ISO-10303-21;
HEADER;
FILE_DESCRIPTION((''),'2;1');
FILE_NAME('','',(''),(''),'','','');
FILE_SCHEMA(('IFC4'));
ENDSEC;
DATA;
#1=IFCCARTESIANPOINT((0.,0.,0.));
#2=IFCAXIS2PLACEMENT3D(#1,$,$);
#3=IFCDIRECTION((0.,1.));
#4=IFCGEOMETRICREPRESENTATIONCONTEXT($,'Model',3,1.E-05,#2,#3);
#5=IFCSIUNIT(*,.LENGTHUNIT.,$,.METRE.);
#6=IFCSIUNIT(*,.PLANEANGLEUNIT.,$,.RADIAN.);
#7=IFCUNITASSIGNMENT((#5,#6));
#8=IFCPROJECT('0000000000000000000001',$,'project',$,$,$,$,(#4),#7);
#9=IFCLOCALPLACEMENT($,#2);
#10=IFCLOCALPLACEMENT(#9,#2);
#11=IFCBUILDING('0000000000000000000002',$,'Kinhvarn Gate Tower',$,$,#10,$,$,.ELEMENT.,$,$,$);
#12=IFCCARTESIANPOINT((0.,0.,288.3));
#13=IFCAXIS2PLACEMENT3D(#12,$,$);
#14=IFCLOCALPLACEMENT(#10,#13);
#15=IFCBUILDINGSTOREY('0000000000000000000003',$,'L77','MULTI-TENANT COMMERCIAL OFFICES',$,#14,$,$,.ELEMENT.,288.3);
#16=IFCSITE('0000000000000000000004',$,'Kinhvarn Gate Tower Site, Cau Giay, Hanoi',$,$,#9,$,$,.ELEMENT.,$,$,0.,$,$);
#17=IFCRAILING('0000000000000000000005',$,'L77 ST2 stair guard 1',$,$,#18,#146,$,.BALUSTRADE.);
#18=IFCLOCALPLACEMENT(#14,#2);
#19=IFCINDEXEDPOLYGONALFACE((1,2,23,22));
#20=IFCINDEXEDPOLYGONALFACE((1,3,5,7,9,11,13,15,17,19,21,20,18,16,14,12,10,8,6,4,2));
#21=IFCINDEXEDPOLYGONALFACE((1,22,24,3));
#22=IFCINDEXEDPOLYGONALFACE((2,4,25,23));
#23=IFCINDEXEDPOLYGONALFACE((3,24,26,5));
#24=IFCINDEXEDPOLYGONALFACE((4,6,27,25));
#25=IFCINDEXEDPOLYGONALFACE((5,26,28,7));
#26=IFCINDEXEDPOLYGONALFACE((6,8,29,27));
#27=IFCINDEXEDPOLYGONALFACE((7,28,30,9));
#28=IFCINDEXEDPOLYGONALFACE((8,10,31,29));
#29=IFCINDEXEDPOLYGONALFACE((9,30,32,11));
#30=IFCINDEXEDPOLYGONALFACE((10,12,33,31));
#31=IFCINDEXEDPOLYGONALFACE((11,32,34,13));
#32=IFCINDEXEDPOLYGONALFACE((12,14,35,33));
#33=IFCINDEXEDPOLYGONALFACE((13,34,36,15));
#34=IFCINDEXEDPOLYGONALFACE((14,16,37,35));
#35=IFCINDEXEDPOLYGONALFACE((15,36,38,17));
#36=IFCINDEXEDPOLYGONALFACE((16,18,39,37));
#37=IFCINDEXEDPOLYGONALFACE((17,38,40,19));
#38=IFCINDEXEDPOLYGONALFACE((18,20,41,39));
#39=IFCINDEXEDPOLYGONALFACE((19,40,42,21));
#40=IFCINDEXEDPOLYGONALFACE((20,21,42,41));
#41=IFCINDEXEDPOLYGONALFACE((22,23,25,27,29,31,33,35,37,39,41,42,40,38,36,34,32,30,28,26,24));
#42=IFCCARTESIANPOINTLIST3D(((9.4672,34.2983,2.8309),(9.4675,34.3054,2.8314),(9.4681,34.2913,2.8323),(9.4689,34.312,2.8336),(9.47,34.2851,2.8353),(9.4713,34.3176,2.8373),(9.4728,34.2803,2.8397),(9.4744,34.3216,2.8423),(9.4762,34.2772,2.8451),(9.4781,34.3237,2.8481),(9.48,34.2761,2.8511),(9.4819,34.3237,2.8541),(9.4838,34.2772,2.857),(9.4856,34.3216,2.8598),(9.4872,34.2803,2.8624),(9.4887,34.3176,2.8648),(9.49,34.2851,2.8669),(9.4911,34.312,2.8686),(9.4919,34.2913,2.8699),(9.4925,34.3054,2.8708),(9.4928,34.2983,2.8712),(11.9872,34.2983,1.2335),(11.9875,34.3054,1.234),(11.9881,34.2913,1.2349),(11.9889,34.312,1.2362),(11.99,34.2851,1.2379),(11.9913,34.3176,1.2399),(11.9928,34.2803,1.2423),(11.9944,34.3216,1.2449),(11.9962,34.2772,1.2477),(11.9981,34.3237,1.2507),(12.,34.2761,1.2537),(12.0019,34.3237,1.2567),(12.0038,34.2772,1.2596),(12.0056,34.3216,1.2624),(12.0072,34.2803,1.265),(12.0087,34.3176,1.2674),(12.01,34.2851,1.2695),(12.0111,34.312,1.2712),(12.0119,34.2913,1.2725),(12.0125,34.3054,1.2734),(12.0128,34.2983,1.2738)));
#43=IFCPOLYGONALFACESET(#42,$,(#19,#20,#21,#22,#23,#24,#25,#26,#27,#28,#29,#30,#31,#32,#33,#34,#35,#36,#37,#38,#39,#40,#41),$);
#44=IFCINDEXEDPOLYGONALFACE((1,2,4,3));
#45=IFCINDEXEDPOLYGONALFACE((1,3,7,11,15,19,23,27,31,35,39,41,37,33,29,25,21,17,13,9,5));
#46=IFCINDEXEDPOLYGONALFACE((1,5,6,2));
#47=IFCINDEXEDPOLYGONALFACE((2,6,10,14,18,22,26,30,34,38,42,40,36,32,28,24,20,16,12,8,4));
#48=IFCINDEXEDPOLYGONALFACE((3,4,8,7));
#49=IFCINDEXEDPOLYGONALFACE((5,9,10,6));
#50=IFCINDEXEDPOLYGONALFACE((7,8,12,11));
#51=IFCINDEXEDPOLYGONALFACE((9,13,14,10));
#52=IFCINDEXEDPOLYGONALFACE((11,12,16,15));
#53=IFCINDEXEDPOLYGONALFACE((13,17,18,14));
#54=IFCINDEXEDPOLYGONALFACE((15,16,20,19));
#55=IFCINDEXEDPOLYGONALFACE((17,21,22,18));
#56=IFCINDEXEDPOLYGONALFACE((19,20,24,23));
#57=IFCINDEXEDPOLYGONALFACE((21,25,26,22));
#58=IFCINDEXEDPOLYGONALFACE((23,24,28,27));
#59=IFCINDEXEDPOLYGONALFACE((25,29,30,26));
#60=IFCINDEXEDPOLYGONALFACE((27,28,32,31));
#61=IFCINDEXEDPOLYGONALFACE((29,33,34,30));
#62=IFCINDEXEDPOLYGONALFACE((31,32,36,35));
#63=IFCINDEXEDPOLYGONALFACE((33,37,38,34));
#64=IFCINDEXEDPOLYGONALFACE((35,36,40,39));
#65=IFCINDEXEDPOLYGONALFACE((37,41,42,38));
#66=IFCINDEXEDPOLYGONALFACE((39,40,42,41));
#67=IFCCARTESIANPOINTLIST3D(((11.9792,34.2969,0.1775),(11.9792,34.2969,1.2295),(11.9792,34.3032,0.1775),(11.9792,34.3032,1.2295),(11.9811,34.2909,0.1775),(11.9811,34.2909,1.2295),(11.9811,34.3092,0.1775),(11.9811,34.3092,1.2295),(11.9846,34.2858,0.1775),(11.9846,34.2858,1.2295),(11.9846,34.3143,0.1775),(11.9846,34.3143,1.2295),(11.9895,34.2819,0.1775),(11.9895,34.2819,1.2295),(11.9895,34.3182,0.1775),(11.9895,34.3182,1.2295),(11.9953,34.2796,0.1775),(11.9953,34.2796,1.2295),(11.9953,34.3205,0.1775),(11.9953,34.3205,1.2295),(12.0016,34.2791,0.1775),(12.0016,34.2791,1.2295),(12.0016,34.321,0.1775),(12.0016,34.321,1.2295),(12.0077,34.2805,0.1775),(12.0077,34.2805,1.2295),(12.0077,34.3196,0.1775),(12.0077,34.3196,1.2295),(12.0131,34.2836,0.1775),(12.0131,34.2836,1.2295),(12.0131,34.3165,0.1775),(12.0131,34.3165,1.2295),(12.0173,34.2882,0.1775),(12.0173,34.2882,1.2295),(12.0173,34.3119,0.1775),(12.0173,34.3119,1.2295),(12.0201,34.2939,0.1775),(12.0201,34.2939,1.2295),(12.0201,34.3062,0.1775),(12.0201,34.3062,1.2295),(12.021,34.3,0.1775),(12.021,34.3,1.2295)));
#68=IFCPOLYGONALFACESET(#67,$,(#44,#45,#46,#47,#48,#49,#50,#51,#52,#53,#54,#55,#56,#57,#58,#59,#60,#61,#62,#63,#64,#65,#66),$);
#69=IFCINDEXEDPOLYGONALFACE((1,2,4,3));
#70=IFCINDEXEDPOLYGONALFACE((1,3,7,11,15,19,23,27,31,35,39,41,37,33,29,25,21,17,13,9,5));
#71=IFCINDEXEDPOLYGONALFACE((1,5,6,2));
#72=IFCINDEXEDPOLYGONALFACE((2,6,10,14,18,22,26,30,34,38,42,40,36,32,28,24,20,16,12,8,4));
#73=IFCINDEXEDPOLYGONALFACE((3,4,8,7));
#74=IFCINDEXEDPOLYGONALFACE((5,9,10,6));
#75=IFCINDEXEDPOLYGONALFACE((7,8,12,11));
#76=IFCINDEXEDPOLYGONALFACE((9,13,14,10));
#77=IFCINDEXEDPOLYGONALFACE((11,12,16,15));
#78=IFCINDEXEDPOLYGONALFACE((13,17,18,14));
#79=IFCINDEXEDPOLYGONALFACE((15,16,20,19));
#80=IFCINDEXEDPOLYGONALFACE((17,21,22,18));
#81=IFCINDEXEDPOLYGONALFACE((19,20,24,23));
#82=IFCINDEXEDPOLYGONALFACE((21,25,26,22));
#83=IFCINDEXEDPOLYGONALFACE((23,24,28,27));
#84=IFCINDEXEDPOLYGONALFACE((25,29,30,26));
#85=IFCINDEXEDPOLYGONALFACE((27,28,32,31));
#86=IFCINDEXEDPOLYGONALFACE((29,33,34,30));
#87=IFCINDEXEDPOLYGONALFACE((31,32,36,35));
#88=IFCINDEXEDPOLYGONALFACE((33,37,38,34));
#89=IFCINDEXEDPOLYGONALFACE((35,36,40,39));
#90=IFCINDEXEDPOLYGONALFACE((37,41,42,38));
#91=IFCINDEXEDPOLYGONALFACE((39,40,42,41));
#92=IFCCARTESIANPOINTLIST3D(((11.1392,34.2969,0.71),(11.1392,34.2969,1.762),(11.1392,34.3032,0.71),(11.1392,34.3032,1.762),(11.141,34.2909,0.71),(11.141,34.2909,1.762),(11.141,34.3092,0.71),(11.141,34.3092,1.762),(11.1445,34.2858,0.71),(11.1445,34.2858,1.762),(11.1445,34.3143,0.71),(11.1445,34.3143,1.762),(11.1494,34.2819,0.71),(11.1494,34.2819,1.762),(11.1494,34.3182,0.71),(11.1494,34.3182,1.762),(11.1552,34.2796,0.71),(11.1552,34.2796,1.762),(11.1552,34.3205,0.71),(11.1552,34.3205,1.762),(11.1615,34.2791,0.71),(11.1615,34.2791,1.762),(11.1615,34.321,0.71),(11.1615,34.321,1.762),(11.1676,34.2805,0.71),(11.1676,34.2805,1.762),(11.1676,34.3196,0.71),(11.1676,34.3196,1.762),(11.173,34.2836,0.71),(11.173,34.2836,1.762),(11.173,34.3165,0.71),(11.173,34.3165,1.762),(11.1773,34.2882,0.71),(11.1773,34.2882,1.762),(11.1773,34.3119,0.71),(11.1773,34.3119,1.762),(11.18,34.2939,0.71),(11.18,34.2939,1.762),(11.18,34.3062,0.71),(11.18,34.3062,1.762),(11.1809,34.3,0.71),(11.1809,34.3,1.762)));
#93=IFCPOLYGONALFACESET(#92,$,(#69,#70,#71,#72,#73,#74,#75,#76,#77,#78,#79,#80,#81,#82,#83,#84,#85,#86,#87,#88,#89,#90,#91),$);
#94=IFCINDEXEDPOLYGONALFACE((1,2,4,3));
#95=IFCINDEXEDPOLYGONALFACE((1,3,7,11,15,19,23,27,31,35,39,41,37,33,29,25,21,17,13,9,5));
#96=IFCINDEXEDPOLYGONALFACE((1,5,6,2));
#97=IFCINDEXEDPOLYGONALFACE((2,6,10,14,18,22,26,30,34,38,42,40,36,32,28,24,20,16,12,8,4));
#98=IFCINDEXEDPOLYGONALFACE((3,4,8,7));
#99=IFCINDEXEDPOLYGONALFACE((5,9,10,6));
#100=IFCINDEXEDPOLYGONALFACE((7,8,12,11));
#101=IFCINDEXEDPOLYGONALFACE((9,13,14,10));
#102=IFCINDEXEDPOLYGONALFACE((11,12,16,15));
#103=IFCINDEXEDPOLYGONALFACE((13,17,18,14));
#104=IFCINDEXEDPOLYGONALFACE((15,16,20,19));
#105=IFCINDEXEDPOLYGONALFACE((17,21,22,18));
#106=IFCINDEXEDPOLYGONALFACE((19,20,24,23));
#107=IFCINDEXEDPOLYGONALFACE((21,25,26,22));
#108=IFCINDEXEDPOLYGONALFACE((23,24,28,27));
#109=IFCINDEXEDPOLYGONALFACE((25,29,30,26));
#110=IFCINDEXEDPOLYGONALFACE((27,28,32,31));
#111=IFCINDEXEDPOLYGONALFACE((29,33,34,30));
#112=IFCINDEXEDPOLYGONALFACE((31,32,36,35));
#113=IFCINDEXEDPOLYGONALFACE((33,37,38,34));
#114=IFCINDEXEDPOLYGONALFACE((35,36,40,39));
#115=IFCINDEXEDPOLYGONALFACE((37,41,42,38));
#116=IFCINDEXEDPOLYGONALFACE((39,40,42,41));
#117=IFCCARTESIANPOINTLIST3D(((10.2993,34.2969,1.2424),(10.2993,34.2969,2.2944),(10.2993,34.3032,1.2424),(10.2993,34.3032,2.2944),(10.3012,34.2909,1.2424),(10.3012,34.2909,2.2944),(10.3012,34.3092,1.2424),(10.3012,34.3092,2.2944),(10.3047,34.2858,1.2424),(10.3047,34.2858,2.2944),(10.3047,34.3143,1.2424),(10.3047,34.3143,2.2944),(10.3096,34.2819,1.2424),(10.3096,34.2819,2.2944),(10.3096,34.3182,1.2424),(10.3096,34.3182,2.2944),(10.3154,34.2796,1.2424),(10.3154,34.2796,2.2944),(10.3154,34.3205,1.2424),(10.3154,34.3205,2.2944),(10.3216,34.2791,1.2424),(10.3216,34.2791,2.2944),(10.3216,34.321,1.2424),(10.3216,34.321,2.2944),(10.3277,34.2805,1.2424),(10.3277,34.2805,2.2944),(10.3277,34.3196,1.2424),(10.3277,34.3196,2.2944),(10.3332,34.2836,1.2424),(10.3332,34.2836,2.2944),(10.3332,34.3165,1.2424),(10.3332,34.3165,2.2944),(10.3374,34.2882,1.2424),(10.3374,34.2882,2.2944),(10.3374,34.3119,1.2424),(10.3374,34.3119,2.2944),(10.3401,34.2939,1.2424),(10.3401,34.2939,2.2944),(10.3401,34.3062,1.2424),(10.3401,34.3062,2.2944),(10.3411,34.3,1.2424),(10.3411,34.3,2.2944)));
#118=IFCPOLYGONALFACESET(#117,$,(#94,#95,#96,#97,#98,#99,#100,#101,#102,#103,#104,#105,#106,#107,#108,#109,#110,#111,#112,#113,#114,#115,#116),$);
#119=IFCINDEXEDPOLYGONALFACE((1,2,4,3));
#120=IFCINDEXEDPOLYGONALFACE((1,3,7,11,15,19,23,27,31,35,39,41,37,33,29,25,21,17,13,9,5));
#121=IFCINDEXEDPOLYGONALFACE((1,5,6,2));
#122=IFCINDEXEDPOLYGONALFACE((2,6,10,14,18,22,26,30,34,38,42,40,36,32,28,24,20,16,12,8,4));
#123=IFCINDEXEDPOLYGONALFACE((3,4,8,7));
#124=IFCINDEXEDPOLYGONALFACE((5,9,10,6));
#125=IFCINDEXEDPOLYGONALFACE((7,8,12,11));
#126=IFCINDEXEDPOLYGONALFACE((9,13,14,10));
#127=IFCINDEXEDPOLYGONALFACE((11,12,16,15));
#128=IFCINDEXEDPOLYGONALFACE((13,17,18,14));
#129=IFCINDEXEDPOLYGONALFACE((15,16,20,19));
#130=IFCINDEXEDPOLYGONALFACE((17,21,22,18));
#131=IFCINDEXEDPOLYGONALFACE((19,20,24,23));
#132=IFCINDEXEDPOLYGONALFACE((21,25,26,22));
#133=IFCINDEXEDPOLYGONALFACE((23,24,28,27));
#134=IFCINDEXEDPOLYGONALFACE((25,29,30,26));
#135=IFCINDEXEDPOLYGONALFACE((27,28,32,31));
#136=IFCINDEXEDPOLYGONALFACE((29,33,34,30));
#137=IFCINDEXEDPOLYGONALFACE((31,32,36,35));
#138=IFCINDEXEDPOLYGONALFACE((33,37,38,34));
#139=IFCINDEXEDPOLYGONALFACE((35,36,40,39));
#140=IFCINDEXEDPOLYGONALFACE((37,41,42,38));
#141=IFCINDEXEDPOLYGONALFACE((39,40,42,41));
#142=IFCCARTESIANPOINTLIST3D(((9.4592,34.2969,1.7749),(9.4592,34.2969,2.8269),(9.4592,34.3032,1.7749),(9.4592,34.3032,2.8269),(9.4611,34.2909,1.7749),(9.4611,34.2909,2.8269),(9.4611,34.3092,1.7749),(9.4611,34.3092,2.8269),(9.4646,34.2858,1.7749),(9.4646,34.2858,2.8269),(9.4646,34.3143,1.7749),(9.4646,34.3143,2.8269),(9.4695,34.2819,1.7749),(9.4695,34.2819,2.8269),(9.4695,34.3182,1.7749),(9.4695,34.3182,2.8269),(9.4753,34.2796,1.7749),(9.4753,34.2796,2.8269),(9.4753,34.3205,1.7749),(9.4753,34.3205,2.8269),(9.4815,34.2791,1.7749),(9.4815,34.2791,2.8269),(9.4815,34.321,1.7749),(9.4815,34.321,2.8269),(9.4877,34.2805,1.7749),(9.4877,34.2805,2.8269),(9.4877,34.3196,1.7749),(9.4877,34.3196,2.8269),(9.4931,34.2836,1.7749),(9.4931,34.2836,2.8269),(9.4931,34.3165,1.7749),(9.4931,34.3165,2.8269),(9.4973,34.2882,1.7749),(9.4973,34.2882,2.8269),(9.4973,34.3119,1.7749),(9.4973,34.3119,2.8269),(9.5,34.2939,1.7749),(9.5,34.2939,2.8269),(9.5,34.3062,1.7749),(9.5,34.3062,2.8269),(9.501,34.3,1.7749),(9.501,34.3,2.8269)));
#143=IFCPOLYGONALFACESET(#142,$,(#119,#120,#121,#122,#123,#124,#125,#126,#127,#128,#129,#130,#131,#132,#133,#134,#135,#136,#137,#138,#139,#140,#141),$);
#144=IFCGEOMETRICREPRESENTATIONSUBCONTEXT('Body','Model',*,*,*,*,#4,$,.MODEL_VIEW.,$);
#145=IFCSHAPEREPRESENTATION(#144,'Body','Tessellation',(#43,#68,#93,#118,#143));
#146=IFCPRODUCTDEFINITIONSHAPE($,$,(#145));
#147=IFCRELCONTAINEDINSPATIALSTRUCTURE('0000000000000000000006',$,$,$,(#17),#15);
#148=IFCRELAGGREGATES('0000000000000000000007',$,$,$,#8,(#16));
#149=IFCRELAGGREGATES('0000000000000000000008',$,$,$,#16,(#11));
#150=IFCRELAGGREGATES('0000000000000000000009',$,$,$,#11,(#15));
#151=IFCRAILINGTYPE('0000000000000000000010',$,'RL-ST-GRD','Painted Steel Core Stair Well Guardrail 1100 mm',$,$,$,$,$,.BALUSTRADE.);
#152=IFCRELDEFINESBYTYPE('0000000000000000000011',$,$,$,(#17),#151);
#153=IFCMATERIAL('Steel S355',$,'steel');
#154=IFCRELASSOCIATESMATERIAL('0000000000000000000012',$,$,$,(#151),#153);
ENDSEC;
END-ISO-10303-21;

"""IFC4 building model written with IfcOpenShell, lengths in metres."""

from ifc_helpers import new_model, si_unit, direction, frame, origin, origin_2d, place, context, subcontext, project, spatial, circle, extrude, material, type_object, element, save


model = new_model("IFC4")

# Units and contexts
model_context = context("Model", 3, precision=1e-05, world=origin(), true_north=direction((0.0, 1.0)))
body_context = subcontext(model_context, "Body", "Model", "MODEL_VIEW")
ifc_project = project(units=[si_unit("LENGTHUNIT", "METRE"), si_unit("PLANEANGLEUNIT", "RADIAN")], contexts=[model_context])

# Site, building, storey
site_placement = place(None, origin())
site = spatial("IfcSite", under=ifc_project, at=site_placement, Name="Kinhvarn Gate Tower Site, Cau Giay, Hanoi", CompositionType="ELEMENT", RefElevation=0.0)
building_placement = place(site_placement, origin())
building = spatial("IfcBuilding", under=site, at=building_placement, Name="Kinhvarn Gate Tower", CompositionType="ELEMENT")
storey_placement = place(building_placement, frame((0.0, 0.0, 288.3)))
storey = spatial("IfcBuildingStorey", under=building, at=storey_placement, Name="L77", Description="MULTI-TENANT COMMERCIAL OFFICES", CompositionType="ELEMENT", Elevation=288.3)

# Shared definitions
ifc_material_1 = material(Name="Steel S355", Category="steel")

# Railing
railing_type_1 = type_object("IfcRailingType", Name="RL-ST-GRD", Description="Painted Steel Core Stair Well Guardrail 1100 mm", PredefinedType="BALUSTRADE", material=ifc_material_1)
railing_1_placement = place(storey_placement, frame((12.0, 34.3, 0.1775)))
element("IfcRailing", 1, at=railing_1_placement, inside=storey, type_object=railing_type_1, Name="L77 ST2 stair guard 1", PredefinedType="BALUSTRADE", context=body_context, shape_type="SweptSolid", body=[
    extrude(circle(Radius=0.0239, at=origin_2d()), frame((0.0, 0.0, 1.0762), z_axis=(-0.844607, 0.0, 0.535387), x_axis=(0.0, -1.0, 0.0)), (0.0, 0.0, 1.0), 2.9836),
    extrude(circle(Radius=0.021, at=origin_2d()), origin(), (0.0, 0.0, 1.0), 1.052),
    extrude(circle(Radius=0.021, at=origin_2d()), frame((-0.8401, 0.0, 0.5325)), (0.0, 0.0, 1.0), 1.052),
    extrude(circle(Radius=0.021, at=origin_2d()), frame((-1.6799, 0.0, 1.0649)), (0.0, 0.0, 1.0), 1.052),
    extrude(circle(Radius=0.021, at=origin_2d()), frame((-2.52, 0.0, 1.5974)), (0.0, 0.0, 1.0), 1.052),
])

save(model, "model.ifc")
